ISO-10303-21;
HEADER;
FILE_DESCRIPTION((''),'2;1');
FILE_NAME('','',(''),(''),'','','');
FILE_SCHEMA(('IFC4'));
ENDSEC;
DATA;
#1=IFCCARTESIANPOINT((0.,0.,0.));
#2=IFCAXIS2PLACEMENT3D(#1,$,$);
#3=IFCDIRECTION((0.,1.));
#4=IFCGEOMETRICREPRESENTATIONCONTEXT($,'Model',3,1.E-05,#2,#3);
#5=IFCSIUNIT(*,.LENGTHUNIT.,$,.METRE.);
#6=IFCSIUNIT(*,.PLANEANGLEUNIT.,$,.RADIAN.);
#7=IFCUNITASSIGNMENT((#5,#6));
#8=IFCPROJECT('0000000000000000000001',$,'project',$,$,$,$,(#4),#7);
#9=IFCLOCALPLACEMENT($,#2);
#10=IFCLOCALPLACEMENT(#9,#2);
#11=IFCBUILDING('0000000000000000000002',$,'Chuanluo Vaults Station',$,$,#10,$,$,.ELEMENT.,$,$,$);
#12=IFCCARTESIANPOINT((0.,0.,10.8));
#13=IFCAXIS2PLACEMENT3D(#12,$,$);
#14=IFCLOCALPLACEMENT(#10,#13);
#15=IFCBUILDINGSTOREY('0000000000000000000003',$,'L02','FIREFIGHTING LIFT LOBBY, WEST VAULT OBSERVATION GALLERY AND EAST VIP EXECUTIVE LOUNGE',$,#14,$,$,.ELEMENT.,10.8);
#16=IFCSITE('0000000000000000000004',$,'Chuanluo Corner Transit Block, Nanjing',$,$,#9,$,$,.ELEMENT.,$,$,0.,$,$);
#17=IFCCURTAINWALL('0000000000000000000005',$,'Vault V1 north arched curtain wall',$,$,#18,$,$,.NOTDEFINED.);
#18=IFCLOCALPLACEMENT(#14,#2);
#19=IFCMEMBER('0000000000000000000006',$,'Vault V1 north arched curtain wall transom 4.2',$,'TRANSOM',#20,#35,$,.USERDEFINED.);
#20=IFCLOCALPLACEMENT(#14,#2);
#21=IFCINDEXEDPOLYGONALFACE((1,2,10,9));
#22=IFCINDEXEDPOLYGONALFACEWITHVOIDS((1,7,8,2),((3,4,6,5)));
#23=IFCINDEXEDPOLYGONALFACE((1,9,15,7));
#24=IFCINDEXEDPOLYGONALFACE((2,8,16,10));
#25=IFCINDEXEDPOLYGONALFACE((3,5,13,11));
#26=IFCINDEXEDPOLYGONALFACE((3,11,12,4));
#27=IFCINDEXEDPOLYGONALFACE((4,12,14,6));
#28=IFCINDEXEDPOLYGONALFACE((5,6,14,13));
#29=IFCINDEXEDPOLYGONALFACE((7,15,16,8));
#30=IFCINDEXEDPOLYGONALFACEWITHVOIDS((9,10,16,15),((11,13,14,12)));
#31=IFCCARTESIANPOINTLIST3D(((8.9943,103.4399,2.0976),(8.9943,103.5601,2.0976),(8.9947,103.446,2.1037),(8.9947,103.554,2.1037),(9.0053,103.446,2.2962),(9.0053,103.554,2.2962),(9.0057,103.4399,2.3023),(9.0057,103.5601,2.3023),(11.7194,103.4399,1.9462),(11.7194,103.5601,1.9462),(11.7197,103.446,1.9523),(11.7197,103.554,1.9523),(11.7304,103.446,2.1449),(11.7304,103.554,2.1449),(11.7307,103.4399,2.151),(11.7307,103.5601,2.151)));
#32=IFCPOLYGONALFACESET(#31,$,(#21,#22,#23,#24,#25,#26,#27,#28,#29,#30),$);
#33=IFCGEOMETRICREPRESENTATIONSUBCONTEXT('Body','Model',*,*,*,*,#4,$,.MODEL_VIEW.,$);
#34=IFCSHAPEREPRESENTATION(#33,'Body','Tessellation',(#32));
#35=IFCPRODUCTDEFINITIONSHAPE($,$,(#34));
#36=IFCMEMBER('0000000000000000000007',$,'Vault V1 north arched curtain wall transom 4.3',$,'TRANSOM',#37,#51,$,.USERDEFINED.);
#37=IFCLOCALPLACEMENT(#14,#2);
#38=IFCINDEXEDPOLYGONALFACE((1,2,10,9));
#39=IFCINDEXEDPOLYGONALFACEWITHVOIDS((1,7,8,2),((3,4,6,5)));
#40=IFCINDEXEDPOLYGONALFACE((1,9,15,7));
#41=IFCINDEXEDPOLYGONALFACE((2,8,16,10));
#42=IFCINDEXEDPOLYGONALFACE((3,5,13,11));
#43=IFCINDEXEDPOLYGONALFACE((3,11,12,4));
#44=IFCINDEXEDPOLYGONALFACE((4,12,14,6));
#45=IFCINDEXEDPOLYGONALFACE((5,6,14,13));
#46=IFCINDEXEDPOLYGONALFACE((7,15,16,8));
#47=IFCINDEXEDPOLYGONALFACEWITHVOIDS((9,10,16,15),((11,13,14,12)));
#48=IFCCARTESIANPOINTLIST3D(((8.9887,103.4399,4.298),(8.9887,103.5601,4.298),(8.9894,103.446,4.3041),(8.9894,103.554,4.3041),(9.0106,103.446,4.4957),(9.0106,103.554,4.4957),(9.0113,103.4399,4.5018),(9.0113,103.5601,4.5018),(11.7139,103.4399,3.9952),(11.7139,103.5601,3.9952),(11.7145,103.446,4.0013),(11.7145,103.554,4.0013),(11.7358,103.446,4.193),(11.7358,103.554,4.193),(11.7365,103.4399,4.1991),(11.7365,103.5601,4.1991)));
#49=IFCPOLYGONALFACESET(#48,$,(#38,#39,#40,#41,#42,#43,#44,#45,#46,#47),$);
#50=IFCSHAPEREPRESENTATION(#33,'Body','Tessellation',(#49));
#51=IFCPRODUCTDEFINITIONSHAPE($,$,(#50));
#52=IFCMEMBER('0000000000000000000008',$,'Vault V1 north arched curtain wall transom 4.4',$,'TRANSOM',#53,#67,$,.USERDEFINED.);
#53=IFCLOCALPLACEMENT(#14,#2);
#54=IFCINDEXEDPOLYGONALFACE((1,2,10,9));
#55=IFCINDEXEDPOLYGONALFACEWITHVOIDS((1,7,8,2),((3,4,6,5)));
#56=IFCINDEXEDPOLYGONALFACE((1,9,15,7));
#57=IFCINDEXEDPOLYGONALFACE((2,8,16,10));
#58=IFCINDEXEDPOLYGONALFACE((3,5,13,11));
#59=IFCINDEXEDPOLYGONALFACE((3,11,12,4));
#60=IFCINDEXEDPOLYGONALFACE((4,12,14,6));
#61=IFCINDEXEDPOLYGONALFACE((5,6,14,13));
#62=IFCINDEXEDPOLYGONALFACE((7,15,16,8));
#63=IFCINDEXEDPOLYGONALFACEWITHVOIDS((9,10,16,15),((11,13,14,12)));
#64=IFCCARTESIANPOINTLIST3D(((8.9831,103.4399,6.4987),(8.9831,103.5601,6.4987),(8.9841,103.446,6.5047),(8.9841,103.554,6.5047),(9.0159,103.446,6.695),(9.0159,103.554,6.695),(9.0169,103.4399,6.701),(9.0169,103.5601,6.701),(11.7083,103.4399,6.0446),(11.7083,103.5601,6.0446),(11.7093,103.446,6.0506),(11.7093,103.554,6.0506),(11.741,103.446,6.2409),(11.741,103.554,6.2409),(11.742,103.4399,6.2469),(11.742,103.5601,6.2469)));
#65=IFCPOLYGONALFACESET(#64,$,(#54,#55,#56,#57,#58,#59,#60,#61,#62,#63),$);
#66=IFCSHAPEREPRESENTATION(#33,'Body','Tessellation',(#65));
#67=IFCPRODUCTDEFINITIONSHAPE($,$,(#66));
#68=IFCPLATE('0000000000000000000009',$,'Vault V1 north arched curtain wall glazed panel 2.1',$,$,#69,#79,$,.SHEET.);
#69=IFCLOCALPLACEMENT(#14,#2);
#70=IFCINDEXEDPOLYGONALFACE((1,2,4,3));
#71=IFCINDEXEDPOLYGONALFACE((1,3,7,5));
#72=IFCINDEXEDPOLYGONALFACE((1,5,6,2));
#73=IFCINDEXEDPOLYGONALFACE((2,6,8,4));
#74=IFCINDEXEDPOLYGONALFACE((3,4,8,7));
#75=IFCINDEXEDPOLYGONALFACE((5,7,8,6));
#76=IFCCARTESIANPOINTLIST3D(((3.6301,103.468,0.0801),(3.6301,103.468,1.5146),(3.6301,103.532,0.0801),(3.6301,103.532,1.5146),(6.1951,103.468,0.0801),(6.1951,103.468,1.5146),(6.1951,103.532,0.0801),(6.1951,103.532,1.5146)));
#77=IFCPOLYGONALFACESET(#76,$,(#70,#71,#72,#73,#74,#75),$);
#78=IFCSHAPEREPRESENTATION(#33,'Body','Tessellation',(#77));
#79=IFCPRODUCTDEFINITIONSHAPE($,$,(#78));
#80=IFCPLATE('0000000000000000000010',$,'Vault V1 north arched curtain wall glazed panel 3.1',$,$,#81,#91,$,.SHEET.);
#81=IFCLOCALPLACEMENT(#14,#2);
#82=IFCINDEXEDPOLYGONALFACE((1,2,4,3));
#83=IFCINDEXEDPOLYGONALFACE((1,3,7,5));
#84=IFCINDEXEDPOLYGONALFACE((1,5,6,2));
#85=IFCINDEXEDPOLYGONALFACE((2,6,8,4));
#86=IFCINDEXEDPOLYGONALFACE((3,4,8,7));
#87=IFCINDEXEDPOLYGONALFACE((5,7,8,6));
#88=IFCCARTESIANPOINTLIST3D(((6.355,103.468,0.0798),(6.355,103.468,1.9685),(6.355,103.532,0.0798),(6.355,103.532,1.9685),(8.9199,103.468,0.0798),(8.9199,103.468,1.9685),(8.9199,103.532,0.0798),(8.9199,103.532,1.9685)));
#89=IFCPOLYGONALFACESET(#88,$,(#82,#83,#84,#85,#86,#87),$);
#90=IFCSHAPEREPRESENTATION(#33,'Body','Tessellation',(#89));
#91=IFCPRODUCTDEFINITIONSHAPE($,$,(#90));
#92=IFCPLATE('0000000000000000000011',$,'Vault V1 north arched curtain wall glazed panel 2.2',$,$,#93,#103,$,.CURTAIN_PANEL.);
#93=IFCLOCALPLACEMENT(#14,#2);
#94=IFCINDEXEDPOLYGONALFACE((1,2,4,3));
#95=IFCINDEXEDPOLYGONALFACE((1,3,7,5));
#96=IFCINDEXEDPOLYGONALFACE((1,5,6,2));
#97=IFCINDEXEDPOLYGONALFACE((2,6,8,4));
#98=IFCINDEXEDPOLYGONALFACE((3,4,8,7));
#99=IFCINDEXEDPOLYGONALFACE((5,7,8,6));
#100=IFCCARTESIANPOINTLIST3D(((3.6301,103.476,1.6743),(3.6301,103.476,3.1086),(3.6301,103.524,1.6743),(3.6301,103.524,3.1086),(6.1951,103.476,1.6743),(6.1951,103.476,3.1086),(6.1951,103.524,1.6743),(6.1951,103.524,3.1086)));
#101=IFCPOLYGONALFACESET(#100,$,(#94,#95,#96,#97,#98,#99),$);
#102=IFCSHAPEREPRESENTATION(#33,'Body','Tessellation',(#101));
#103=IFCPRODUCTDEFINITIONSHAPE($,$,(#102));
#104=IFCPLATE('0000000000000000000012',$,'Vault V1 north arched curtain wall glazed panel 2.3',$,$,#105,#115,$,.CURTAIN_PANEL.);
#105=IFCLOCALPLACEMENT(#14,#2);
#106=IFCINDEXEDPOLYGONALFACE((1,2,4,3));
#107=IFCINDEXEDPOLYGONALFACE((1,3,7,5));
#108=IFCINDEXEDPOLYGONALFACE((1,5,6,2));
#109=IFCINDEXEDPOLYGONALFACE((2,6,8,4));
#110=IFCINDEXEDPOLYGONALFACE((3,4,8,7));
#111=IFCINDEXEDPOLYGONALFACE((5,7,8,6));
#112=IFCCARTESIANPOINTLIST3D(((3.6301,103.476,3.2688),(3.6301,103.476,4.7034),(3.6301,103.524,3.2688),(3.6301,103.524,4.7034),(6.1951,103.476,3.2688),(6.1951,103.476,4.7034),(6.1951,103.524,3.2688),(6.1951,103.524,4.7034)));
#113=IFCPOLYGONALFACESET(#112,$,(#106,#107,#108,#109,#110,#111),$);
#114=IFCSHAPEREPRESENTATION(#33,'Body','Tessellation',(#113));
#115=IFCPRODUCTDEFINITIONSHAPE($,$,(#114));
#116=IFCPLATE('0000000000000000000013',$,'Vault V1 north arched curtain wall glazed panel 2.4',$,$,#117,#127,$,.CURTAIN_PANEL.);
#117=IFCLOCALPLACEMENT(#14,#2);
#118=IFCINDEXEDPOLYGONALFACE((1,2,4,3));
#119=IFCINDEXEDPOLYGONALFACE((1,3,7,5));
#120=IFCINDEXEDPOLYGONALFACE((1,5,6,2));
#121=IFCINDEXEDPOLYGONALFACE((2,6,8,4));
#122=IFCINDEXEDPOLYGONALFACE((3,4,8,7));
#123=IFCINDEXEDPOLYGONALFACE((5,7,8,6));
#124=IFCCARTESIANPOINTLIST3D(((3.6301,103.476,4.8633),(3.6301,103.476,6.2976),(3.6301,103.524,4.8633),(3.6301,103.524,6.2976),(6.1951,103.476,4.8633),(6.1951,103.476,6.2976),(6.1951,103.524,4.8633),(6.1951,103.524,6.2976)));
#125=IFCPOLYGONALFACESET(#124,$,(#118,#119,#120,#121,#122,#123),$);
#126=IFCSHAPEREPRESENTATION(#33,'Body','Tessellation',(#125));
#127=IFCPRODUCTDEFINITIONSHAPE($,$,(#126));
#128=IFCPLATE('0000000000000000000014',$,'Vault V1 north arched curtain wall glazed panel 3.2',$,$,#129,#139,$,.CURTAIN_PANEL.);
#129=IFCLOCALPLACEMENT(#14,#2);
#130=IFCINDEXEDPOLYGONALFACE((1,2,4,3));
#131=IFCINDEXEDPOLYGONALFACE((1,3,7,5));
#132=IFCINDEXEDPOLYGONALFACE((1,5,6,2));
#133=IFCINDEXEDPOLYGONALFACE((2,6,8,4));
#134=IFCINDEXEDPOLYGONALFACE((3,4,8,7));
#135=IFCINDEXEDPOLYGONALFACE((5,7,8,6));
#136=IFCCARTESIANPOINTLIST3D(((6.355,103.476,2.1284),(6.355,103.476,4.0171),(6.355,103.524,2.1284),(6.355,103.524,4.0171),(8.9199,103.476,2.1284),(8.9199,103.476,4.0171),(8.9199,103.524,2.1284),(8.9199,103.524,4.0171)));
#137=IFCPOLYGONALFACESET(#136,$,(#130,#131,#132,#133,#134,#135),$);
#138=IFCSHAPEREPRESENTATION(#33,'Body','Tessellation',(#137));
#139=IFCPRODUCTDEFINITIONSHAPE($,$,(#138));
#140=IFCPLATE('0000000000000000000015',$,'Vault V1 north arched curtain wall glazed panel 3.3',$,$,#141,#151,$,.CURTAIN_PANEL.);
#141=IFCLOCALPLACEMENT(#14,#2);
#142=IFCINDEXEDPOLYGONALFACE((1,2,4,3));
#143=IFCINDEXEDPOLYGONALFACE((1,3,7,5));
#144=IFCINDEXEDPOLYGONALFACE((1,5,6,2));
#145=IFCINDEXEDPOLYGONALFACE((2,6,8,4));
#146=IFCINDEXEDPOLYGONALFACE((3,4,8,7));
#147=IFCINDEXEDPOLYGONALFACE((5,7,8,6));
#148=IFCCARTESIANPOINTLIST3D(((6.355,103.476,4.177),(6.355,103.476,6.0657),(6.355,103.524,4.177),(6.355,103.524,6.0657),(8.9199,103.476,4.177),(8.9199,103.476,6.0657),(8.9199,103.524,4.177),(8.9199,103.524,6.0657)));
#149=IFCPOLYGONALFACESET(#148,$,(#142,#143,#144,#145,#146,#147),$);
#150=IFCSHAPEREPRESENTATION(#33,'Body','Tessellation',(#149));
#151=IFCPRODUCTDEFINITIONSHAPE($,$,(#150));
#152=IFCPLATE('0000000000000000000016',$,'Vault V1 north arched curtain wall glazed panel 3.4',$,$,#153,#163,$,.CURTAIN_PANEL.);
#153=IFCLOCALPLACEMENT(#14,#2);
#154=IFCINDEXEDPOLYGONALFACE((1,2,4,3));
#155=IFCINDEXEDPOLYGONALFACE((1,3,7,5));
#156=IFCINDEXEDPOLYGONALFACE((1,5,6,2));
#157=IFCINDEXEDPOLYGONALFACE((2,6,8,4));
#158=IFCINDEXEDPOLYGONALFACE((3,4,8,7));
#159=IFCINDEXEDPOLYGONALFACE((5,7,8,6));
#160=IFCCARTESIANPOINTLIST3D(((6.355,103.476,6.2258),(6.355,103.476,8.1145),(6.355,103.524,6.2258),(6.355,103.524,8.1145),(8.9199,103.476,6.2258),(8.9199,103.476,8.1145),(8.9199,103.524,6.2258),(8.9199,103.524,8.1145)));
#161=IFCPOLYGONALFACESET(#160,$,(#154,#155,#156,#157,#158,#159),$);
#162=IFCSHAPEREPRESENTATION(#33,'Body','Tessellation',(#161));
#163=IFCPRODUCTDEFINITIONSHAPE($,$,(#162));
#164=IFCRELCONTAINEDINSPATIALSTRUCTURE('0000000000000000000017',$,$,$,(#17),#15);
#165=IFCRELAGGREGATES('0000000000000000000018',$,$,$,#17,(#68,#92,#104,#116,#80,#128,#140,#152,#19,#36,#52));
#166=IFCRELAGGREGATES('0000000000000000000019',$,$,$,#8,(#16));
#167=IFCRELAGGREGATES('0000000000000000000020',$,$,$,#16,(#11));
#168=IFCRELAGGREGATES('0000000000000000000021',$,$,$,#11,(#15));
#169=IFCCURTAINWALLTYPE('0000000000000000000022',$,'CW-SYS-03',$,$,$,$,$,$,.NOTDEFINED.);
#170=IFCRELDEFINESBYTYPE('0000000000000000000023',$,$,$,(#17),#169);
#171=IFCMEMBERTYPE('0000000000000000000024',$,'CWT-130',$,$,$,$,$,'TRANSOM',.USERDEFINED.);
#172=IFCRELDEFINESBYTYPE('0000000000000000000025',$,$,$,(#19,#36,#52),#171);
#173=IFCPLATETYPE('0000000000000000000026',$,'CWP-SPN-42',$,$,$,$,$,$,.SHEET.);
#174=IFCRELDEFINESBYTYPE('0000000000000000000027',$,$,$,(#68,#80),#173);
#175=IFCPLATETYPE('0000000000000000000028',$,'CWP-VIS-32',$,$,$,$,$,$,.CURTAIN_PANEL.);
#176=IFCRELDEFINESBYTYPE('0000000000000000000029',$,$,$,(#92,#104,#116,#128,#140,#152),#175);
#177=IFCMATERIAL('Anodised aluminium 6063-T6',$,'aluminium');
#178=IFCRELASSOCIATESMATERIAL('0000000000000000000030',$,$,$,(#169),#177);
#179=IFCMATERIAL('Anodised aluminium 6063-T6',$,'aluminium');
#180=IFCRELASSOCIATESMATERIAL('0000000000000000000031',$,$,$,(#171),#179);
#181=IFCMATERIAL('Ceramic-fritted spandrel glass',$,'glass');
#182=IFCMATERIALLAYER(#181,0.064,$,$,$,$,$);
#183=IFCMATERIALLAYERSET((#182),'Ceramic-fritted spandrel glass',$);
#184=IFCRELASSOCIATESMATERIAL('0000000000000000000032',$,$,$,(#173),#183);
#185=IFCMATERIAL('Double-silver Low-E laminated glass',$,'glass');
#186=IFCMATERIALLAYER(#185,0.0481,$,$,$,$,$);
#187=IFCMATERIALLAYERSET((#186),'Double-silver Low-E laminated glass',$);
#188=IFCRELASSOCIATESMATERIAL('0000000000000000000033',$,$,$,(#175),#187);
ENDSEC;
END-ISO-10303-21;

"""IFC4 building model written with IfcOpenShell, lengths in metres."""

from ifc_helpers import new_model, si_unit, direction, frame, origin, origin_2d, place, context, subcontext, project, spatial, rectangle, hollow_rectangle, extrude, material, layer, layer_set, material_profile, profile_set, type_object, element, aggregate, save


model = new_model("IFC4")

# Units and contexts
model_context = context("Model", 3, precision=1e-05, world=origin(), true_north=direction((0.0, 1.0)))
body_context = subcontext(model_context, "Body", "Model", "MODEL_VIEW")
ifc_project = project(units=[si_unit("LENGTHUNIT", "METRE"), si_unit("PLANEANGLEUNIT", "RADIAN")], contexts=[model_context])

# Site, building, storey
site_placement = place(None, origin())
site = spatial("IfcSite", under=ifc_project, at=site_placement, Name="Chuanluo Corner Transit Block, Nanjing", CompositionType="ELEMENT", RefElevation=0.0)
building_placement = place(site_placement, origin())
building = spatial("IfcBuilding", under=site, at=building_placement, Name="Chuanluo Vaults Station", CompositionType="ELEMENT")
storey_placement = place(building_placement, frame((0.0, 0.0, 10.8)))
storey = spatial("IfcBuildingStorey", under=building, at=storey_placement, Name="L02", Description="FIREFIGHTING LIFT LOBBY, WEST VAULT OBSERVATION GALLERY AND EAST VIP EXECUTIVE LOUNGE", CompositionType="ELEMENT", Elevation=10.8)

# Curtain wall, members, plates
ifc_material_1 = material(Name="Anodised aluminium 6063-T6", Category="aluminium")
curtain_wall_type = type_object("IfcCurtainWallType", Name="CW-SYS-03", PredefinedType="NOTDEFINED", material=ifc_material_1)
curtain_wall_placement = place(storey_placement, origin())
curtain_wall = element("IfcCurtainWall", 1, at=curtain_wall_placement, inside=storey, type_object=curtain_wall_type, Name="Vault V1 north arched curtain wall", PredefinedType="NOTDEFINED")
ifc_material_2 = material(Name="Anodised aluminium 6063-T6", Category="aluminium")
ifc_material_profile_1 = material_profile(ifc_material_2, hollow_rectangle(XDim=0.1201, YDim=0.2051, WallThickness=0.0061, at=origin_2d()))
ifc_profile_set_1 = profile_set([ifc_material_profile_1], Name="Anodised aluminium 6063-T6")
member_type_1 = type_object("IfcMemberType", Name="CWT-130", ElementType="TRANSOM", PredefinedType="USERDEFINED", material=ifc_profile_set_1)
member_1_placement = place(storey_placement, frame((9.0, 103.5, 2.2), z_axis=(0.998461, 0.0, -0.05546), x_axis=(0.0, 1.0, 0.0)))
member_1 = element("IfcMember", 2, at=member_1_placement, type_object=member_type_1, Name="Vault V1 north arched curtain wall transom 4.2", ObjectType="TRANSOM", PredefinedType="USERDEFINED", context=body_context, shape_type="SweptSolid", body=[
    extrude(hollow_rectangle(XDim=0.1201, YDim=0.2051, WallThickness=0.0061, at=origin_2d()), origin(), (0.0, 0.0, 1.0), 2.7292),
])
member_2_placement = place(storey_placement, frame((9.0, 103.5, 4.3999), z_axis=(0.993886, 0.0, -0.110412), x_axis=(0.0, 1.0, 0.0)))
member_2 = element("IfcMember", 3, at=member_2_placement, type_object=member_type_1, Name="Vault V1 north arched curtain wall transom 4.3", ObjectType="TRANSOM", PredefinedType="USERDEFINED", context=body_context, shape_type="SweptSolid", body=[
    extrude(hollow_rectangle(XDim=0.1201, YDim=0.2051, WallThickness=0.0061, at=origin_2d()), origin(), (0.0, 0.0, 1.0), 2.7419),
])
member_3_placement = place(storey_placement, frame((9.0, 103.5, 6.5999), z_axis=(0.986399, 0.0, -0.16437), x_axis=(0.0, 1.0, 0.0)))
member_3 = element("IfcMember", 4, at=member_3_placement, type_object=member_type_1, Name="Vault V1 north arched curtain wall transom 4.4", ObjectType="TRANSOM", PredefinedType="USERDEFINED", context=body_context, shape_type="SweptSolid", body=[
    extrude(hollow_rectangle(XDim=0.1201, YDim=0.2051, WallThickness=0.0061, at=origin_2d()), origin(), (0.0, 0.0, 1.0), 2.7627),
])
ifc_material_3 = material(Name="Ceramic-fritted spandrel glass", Category="glass")
ifc_layer_1 = layer(ifc_material_3, 0.064)
ifc_layer_set_1 = layer_set([ifc_layer_1], Name="Ceramic-fritted spandrel glass")
plate_type_1 = type_object("IfcPlateType", Name="CWP-SPN-42", PredefinedType="SHEET", material=ifc_layer_set_1)
plate_1_placement = place(storey_placement, frame((4.9126, 103.5, 0.0801), z_axis=(0.0, 0.0, 1.0), x_axis=(1.0, 0.0, 0.0)))
plate_1 = element("IfcPlate", 5, at=plate_1_placement, type_object=plate_type_1, Name="Vault V1 north arched curtain wall glazed panel 2.1", PredefinedType="SHEET", context=body_context, shape_type="SweptSolid", body=[
    extrude(rectangle(XDim=2.5649, YDim=0.064, at=origin_2d()), origin(), (0.0, 0.0, 1.0), 1.4346),
])
plate_2_placement = place(storey_placement, frame((7.6375, 103.5, 0.0798), z_axis=(0.0, 0.0, 1.0), x_axis=(1.0, 0.0, 0.0)))
plate_2 = element("IfcPlate", 6, at=plate_2_placement, type_object=plate_type_1, Name="Vault V1 north arched curtain wall glazed panel 3.1", PredefinedType="SHEET", context=body_context, shape_type="SweptSolid", body=[
    extrude(rectangle(XDim=2.5649, YDim=0.064, at=origin_2d()), origin(), (0.0, 0.0, 1.0), 1.8887),
])
ifc_material_4 = material(Name="Double-silver Low-E laminated glass", Category="glass")
ifc_layer_2 = layer(ifc_material_4, 0.0481)
ifc_layer_set_2 = layer_set([ifc_layer_2], Name="Double-silver Low-E laminated glass")
plate_type_2 = type_object("IfcPlateType", Name="CWP-VIS-32", PredefinedType="CURTAIN_PANEL", material=ifc_layer_set_2)
plate_3_placement = place(storey_placement, frame((4.9126, 103.5, 1.6743), z_axis=(0.0, 0.0, 1.0), x_axis=(1.0, 0.0, 0.0)))
plate_3 = element("IfcPlate", 7, at=plate_3_placement, type_object=plate_type_2, Name="Vault V1 north arched curtain wall glazed panel 2.2", PredefinedType="CURTAIN_PANEL", context=body_context, shape_type="SweptSolid", body=[
    extrude(rectangle(XDim=2.5649, YDim=0.0481, at=origin_2d()), origin(), (0.0, 0.0, 1.0), 1.4343),
])
plate_4_placement = place(storey_placement, frame((4.9126, 103.5, 3.2688), z_axis=(0.0, 0.0, 1.0), x_axis=(1.0, 0.0, 0.0)))
plate_4 = element("IfcPlate", 8, at=plate_4_placement, type_object=plate_type_2, Name="Vault V1 north arched curtain wall glazed panel 2.3", PredefinedType="CURTAIN_PANEL", context=body_context, shape_type="SweptSolid", body=[
    extrude(rectangle(XDim=2.5649, YDim=0.0481, at=origin_2d()), origin(), (0.0, 0.0, 1.0), 1.4346),
])
plate_5_placement = place(storey_placement, frame((4.9126, 103.5, 4.8633), z_axis=(0.0, 0.0, 1.0), x_axis=(1.0, 0.0, 0.0)))
plate_5 = element("IfcPlate", 9, at=plate_5_placement, type_object=plate_type_2, Name="Vault V1 north arched curtain wall glazed panel 2.4", PredefinedType="CURTAIN_PANEL", context=body_context, shape_type="SweptSolid", body=[
    extrude(rectangle(XDim=2.5649, YDim=0.0481, at=origin_2d()), origin(), (0.0, 0.0, 1.0), 1.4343),
])
plate_6_placement = place(storey_placement, frame((7.6375, 103.5, 2.1284), z_axis=(0.0, 0.0, 1.0), x_axis=(1.0, 0.0, 0.0)))
plate_6 = element("IfcPlate", 10, at=plate_6_placement, type_object=plate_type_2, Name="Vault V1 north arched curtain wall glazed panel 3.2", PredefinedType="CURTAIN_PANEL", context=body_context, shape_type="SweptSolid", body=[
    extrude(rectangle(XDim=2.5649, YDim=0.0481, at=origin_2d()), origin(), (0.0, 0.0, 1.0), 1.8887),
])
plate_7_placement = place(storey_placement, frame((7.6375, 103.5, 4.177), z_axis=(0.0, 0.0, 1.0), x_axis=(1.0, 0.0, 0.0)))
plate_7 = element("IfcPlate", 11, at=plate_7_placement, type_object=plate_type_2, Name="Vault V1 north arched curtain wall glazed panel 3.3", PredefinedType="CURTAIN_PANEL", context=body_context, shape_type="SweptSolid", body=[
    extrude(rectangle(XDim=2.5649, YDim=0.0481, at=origin_2d()), origin(), (0.0, 0.0, 1.0), 1.8887),
])
plate_8_placement = place(storey_placement, frame((7.6375, 103.5, 6.2258), z_axis=(0.0, 0.0, 1.0), x_axis=(1.0, 0.0, 0.0)))
plate_8 = element("IfcPlate", 12, at=plate_8_placement, type_object=plate_type_2, Name="Vault V1 north arched curtain wall glazed panel 3.4", PredefinedType="CURTAIN_PANEL", context=body_context, shape_type="SweptSolid", body=[
    extrude(rectangle(XDim=2.5649, YDim=0.0481, at=origin_2d()), origin(), (0.0, 0.0, 1.0), 1.8887),
])
aggregate(curtain_wall, [plate_1, plate_3, plate_4, plate_5, plate_2, plate_6, plate_7, plate_8, member_1, member_2, member_3])

save(model, "model.ifc")
